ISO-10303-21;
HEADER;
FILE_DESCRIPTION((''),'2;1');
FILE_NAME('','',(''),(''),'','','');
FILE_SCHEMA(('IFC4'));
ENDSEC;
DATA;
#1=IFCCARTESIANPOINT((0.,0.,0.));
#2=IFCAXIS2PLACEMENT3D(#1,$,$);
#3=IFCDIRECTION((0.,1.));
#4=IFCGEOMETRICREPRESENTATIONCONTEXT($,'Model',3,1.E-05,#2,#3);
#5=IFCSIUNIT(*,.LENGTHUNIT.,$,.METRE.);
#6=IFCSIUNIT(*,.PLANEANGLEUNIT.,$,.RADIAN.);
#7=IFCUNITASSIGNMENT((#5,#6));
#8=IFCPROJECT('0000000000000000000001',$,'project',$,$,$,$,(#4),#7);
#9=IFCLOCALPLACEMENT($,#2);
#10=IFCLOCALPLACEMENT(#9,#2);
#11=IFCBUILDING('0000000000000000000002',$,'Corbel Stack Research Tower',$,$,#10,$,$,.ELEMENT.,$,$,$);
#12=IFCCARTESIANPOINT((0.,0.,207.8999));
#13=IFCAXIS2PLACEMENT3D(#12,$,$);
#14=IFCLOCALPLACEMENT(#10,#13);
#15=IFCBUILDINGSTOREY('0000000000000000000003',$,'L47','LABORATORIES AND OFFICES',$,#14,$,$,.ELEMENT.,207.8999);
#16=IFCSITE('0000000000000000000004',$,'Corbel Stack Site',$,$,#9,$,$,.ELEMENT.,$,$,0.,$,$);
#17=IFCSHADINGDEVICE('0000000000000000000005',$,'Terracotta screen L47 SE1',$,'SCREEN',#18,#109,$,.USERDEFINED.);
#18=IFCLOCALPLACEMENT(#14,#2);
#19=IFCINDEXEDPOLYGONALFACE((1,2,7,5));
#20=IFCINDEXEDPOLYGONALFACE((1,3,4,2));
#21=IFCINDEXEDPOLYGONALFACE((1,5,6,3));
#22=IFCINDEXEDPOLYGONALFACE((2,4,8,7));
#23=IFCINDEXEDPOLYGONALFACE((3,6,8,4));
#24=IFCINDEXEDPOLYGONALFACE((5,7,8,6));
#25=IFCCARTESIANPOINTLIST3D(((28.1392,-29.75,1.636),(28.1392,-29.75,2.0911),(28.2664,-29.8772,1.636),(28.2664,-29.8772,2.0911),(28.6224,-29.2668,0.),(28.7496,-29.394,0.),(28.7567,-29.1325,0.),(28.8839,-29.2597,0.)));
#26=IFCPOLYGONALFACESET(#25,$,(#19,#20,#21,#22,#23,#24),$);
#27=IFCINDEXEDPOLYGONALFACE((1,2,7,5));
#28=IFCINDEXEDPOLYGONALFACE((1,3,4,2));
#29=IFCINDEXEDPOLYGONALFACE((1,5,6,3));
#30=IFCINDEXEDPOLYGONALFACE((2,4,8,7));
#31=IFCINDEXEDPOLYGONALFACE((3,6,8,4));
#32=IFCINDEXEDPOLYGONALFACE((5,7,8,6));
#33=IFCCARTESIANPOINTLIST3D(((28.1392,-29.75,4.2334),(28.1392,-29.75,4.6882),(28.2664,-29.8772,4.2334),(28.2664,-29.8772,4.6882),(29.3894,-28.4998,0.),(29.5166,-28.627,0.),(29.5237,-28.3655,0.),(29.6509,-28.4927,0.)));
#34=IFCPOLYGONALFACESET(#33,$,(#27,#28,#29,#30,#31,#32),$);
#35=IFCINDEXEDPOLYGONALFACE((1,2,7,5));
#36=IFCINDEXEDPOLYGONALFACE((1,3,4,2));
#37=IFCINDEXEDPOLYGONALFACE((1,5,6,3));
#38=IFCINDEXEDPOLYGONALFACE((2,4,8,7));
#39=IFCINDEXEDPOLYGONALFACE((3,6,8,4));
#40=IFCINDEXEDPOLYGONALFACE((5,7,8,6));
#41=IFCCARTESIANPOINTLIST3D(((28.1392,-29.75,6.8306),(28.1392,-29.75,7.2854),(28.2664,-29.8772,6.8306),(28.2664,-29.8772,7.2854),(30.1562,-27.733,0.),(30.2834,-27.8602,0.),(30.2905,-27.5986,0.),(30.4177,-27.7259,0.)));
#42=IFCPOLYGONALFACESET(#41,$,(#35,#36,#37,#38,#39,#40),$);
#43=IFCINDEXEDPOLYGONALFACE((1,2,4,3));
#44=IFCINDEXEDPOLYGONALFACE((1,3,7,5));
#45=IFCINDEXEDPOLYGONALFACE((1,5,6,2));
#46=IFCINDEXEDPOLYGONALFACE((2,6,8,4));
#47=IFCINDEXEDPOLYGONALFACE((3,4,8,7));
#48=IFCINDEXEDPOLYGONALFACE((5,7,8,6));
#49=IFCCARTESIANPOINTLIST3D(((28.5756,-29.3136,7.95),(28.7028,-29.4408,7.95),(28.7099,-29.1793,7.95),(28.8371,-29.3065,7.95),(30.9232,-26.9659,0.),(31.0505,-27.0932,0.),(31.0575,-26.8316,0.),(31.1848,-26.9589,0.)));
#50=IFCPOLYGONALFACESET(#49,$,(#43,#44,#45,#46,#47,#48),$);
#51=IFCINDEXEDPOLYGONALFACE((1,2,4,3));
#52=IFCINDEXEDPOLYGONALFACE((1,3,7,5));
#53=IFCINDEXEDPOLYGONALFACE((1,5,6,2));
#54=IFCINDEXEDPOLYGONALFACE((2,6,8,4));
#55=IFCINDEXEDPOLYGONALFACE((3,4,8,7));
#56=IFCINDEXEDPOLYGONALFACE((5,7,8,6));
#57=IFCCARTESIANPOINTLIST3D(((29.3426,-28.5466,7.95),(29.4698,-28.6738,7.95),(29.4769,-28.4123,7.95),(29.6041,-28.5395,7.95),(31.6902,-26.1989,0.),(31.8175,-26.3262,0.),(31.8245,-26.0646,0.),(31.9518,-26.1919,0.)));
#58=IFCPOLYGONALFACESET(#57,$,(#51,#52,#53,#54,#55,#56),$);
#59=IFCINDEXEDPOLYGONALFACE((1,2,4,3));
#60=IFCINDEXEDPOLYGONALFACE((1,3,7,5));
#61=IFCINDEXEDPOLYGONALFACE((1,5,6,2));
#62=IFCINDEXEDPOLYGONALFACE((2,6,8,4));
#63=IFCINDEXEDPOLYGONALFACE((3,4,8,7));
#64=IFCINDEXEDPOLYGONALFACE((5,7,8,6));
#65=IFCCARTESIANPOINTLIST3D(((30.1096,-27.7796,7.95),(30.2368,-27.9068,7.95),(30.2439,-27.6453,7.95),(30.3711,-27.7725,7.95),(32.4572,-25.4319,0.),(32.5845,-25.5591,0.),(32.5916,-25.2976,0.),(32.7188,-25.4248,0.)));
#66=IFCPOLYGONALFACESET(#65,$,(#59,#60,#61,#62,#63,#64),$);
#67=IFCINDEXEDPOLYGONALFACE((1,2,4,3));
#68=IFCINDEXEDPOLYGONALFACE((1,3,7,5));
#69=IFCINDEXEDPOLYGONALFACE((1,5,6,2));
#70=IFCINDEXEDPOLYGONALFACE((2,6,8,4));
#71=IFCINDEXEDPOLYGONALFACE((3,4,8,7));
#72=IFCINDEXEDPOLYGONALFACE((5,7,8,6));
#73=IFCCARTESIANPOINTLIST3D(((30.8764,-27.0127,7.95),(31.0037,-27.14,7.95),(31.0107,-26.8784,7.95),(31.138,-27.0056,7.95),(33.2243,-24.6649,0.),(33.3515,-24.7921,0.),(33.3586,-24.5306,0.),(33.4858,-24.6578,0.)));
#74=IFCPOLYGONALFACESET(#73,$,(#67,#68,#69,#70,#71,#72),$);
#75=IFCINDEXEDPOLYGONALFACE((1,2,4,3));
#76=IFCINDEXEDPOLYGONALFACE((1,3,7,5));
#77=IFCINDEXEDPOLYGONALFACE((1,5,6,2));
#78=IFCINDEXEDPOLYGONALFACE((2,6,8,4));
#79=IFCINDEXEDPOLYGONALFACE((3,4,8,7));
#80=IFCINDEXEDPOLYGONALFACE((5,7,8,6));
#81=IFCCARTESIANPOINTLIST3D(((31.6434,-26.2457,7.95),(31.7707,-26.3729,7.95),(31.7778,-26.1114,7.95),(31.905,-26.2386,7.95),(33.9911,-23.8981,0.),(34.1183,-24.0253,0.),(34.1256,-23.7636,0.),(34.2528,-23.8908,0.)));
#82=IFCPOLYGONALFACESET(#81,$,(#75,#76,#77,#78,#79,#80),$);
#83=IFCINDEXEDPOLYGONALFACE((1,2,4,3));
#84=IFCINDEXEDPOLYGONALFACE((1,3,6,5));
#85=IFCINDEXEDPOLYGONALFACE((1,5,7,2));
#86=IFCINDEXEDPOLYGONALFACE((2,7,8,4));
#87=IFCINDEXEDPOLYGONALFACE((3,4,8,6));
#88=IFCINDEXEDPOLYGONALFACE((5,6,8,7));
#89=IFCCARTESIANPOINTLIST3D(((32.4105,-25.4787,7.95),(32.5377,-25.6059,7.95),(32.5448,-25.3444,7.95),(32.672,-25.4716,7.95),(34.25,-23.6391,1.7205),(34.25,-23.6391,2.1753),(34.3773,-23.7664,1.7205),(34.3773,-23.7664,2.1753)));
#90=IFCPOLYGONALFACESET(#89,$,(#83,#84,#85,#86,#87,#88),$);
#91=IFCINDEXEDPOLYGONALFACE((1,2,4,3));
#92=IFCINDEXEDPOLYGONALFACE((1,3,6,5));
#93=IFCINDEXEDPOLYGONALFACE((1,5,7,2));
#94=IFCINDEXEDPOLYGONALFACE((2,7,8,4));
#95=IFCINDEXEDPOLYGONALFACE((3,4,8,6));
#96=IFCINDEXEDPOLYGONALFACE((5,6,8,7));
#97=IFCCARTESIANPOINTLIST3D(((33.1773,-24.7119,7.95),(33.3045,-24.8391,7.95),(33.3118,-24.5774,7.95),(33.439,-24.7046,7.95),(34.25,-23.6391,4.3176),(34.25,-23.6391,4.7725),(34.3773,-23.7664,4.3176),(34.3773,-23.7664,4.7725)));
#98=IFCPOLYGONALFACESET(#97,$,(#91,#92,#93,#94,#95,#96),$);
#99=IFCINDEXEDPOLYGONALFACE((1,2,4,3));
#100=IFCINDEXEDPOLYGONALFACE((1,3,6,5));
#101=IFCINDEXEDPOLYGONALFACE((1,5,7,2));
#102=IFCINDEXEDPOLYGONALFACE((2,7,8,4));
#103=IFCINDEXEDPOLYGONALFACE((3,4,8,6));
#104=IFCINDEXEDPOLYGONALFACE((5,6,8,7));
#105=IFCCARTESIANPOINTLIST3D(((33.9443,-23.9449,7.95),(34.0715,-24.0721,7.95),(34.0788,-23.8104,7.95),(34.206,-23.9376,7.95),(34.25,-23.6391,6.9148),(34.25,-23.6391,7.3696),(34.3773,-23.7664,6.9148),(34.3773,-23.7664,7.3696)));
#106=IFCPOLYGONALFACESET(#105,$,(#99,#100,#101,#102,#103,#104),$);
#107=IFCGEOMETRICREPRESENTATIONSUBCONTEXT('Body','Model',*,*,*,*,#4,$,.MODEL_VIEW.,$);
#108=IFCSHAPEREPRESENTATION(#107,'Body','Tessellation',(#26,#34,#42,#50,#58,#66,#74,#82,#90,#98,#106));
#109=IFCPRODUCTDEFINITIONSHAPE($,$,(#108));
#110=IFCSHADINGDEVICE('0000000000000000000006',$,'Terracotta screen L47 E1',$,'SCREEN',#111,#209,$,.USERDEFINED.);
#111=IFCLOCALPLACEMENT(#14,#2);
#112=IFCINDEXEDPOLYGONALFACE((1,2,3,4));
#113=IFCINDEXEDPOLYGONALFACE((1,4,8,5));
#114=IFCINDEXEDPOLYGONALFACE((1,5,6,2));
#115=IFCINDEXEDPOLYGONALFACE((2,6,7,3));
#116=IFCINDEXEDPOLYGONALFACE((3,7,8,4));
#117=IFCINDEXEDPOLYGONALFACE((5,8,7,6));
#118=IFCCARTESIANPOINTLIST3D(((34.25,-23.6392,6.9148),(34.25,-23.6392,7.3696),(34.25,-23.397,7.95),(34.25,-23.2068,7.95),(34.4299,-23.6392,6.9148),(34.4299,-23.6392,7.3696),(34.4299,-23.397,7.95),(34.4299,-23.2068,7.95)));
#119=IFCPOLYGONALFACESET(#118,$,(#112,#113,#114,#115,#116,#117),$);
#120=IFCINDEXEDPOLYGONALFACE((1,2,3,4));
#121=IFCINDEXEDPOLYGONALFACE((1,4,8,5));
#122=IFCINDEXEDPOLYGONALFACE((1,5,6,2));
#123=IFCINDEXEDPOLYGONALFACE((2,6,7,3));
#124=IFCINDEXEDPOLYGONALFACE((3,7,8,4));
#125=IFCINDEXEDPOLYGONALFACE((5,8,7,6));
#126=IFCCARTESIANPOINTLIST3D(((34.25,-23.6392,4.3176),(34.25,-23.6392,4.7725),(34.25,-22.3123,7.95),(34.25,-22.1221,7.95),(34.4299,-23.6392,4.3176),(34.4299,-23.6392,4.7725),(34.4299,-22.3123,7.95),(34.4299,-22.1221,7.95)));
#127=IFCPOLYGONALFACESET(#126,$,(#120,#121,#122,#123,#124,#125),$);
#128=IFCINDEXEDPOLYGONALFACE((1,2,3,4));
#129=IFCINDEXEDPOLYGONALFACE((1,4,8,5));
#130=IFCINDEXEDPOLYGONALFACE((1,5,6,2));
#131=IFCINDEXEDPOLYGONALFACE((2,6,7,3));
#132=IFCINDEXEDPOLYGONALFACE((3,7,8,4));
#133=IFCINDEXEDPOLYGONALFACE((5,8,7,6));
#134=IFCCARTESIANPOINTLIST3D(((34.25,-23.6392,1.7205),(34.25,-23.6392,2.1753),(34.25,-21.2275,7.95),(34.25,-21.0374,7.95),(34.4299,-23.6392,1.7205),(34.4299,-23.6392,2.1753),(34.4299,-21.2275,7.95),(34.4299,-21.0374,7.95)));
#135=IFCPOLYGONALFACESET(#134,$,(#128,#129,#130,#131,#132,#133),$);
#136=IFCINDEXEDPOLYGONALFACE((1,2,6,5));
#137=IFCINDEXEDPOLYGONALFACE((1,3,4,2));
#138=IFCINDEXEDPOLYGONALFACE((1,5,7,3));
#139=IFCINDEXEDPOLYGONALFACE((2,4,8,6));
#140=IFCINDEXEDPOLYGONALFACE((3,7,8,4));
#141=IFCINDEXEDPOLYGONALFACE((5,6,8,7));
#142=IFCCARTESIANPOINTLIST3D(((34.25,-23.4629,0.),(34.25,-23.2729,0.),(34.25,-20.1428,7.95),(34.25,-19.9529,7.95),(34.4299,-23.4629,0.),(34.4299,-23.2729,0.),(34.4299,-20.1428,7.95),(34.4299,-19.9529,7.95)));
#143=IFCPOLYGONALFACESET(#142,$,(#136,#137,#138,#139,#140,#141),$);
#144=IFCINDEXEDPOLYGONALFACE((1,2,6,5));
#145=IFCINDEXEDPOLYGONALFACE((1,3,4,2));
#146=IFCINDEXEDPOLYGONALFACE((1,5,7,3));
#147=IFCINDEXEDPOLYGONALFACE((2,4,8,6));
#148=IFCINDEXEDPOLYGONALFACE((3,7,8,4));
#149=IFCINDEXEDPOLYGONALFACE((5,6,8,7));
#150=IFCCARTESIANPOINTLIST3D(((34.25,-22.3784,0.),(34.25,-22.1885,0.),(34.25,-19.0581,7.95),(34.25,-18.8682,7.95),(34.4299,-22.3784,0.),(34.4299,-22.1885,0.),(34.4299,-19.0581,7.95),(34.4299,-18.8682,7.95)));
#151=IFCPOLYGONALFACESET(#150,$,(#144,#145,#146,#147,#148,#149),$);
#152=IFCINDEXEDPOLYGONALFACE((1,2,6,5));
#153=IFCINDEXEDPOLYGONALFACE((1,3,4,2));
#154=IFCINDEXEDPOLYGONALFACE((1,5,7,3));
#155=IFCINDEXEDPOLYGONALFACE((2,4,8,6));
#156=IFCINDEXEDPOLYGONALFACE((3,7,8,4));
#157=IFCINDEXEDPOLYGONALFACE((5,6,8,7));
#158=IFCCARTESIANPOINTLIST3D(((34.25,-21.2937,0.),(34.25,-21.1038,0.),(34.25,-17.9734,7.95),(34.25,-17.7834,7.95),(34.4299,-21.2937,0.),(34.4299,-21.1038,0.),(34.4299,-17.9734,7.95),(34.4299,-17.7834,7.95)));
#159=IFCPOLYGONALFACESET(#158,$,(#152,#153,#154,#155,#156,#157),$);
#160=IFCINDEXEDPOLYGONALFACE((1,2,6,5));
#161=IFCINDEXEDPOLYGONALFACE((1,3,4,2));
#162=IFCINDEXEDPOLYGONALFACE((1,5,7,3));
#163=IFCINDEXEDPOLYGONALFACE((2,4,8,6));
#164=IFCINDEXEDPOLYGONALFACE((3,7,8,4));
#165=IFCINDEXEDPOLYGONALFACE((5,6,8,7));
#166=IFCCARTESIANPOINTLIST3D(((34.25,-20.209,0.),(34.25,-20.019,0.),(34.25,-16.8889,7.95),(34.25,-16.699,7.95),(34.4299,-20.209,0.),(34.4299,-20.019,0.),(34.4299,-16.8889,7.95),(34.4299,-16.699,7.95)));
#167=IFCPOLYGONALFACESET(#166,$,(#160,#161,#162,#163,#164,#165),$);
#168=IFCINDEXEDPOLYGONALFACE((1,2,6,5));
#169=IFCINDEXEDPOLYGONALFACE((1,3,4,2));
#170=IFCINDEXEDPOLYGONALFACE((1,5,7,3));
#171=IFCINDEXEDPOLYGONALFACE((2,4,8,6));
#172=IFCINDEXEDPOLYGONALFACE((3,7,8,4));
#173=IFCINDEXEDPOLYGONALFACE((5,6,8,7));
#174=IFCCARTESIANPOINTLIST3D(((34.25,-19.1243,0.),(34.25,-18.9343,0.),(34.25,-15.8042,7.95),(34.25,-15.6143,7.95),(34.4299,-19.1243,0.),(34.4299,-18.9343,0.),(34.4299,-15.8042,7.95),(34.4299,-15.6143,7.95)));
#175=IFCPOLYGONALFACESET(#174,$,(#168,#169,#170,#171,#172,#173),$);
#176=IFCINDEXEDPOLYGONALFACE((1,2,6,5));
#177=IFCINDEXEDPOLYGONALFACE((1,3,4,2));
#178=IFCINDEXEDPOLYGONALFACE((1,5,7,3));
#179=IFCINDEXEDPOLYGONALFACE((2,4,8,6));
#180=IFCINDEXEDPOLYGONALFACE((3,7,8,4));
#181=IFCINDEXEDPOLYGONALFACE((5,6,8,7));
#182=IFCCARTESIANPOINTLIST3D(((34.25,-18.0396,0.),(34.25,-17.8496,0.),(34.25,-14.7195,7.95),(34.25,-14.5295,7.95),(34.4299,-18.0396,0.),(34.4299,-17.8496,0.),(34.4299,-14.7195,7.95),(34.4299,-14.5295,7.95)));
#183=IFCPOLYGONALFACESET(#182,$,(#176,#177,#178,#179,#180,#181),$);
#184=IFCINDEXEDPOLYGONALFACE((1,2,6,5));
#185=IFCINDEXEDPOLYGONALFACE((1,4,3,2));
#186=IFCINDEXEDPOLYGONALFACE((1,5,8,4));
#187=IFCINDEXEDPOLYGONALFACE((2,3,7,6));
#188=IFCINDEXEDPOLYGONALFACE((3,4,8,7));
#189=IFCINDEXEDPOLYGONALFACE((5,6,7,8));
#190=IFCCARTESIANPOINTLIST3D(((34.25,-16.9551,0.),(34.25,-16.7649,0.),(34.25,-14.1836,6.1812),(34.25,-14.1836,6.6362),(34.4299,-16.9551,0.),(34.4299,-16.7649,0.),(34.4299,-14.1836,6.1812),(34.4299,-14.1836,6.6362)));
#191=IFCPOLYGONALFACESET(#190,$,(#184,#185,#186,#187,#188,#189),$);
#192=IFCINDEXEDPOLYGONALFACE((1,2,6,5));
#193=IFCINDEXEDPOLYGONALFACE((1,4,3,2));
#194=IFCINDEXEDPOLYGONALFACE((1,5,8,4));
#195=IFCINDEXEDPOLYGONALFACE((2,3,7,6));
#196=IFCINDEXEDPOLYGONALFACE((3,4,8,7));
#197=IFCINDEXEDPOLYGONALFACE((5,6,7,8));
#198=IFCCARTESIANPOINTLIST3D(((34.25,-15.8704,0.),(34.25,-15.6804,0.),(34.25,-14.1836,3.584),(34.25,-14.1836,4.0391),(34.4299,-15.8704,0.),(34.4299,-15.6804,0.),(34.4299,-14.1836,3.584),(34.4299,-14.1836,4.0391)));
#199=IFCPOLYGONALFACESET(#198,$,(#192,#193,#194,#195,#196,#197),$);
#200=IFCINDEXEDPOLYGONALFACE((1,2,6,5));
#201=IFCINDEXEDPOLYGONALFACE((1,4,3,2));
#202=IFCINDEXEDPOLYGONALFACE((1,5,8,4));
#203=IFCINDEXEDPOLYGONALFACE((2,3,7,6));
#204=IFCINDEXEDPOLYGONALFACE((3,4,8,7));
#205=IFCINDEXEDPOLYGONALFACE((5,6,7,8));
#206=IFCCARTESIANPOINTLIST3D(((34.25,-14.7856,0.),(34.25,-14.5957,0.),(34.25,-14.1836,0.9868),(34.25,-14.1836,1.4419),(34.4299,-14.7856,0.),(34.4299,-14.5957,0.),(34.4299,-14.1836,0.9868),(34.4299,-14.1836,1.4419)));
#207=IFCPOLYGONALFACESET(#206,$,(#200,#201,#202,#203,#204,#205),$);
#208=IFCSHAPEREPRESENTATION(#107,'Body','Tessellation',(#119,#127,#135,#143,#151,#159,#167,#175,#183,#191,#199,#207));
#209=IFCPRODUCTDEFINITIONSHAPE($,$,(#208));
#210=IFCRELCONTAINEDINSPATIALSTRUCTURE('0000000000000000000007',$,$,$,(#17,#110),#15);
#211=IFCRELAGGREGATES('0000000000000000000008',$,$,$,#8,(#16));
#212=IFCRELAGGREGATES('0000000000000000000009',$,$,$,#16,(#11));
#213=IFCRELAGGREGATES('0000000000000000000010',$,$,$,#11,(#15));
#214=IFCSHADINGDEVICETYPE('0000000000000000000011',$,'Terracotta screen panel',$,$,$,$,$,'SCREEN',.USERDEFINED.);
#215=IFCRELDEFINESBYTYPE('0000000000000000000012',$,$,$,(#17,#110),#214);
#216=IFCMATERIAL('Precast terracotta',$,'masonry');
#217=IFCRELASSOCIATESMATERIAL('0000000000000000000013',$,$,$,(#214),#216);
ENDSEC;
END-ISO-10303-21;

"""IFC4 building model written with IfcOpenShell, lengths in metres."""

from ifc_helpers import new_model, si_unit, direction, frame, origin, place, context, subcontext, project, spatial, polyline, outline, extrude, source, transform, mapped, material, type_object, element, save


model = new_model("IFC4")

# Units and contexts
model_context = context("Model", 3, precision=1e-05, world=origin(), true_north=direction((0.0, 1.0)))
body_context = subcontext(model_context, "Body", "Model", "MODEL_VIEW")
ifc_project = project(units=[si_unit("LENGTHUNIT", "METRE"), si_unit("PLANEANGLEUNIT", "RADIAN")], contexts=[model_context])

# Site, building, storey
site_placement = place(None, origin())
site = spatial("IfcSite", under=ifc_project, at=site_placement, Name="Corbel Stack Site", CompositionType="ELEMENT", RefElevation=0.0)
building_placement = place(site_placement, origin())
building = spatial("IfcBuilding", under=site, at=building_placement, Name="Corbel Stack Research Tower", CompositionType="ELEMENT")
storey_placement = place(building_placement, frame((0.0, 0.0, 207.8999)))
storey = spatial("IfcBuildingStorey", under=building, at=storey_placement, Name="L47", Description="LABORATORIES AND OFFICES", CompositionType="ELEMENT", Elevation=207.8999)

# Shading devices
ifc_material_1 = material(Name="Precast terracotta", Category="masonry")
shading_device_type = type_object("IfcShadingDeviceType", Name="Terracotta screen panel", ElementType="SCREEN", PredefinedType="USERDEFINED", material=ifc_material_1)
shared_shape_1 = source(origin(), body_context, "Body", "SweptSolid", [
    extrude(outline(polyline([(0.8733, 0.0), (0.0, 2.0911), (0.0, 1.636), (0.6833, 0.0), (0.8733, 0.0)])), frame((0.0, 0.0, 0.0), z_axis=(0.0, -1.0, 0.0), x_axis=(1.0, 0.0, 0.0)), (0.0, 0.0, 1.0), 0.1799),
    extrude(outline(polyline([(1.958, 0.0), (0.0, 4.6882), (0.0, 4.2334), (1.7681, 0.0), (1.958, 0.0)])), frame((0.0, 0.0, 0.0), z_axis=(0.0, -1.0, 0.0), x_axis=(1.0, 0.0, 0.0)), (0.0, 0.0, 1.0), 0.1799),
    extrude(outline(polyline([(3.0425, 0.0), (0.0, 7.2854), (0.0, 6.8306), (2.8525, 0.0), (3.0425, 0.0)])), frame((0.0, 0.0, 0.0), z_axis=(0.0, -1.0, 0.0), x_axis=(1.0, 0.0, 0.0)), (0.0, 0.0, 1.0), 0.1799),
    extrude(outline(polyline([(4.1272, 0.0), (0.8071, 7.95), (0.6172, 7.95), (3.9373, 0.0), (4.1272, 0.0)])), frame((0.0, 0.0, 0.0), z_axis=(0.0, -1.0, 0.0), x_axis=(1.0, 0.0, 0.0)), (0.0, 0.0, 1.0), 0.1799),
    extrude(outline(polyline([(5.2119, 0.0), (1.8918, 7.95), (1.7019, 7.95), (5.022, 0.0), (5.2119, 0.0)])), frame((0.0, 0.0, 0.0), z_axis=(0.0, -1.0, 0.0), x_axis=(1.0, 0.0, 0.0)), (0.0, 0.0, 1.0), 0.1799),
    extrude(outline(polyline([(6.2966, 0.0), (2.9766, 7.95), (2.7866, 7.95), (6.1067, 0.0), (6.2966, 0.0)])), frame((0.0, 0.0, 0.0), z_axis=(0.0, -1.0, 0.0), x_axis=(1.0, 0.0, 0.0)), (0.0, 0.0, 1.0), 0.1799),
    extrude(outline(polyline([(7.3813, 0.0), (4.061, 7.95), (3.8711, 7.95), (7.1914, 0.0), (7.3813, 0.0)])), frame((0.0, 0.0, 0.0), z_axis=(0.0, -1.0, 0.0), x_axis=(1.0, 0.0, 0.0)), (0.0, 0.0, 1.0), 0.1799),
    extrude(outline(polyline([(8.4661, 0.0), (5.1458, 7.95), (4.9558, 7.95), (8.2759, 0.0), (8.4661, 0.0)])), frame((0.0, 0.0, 0.0), z_axis=(0.0, -1.0, 0.0), x_axis=(1.0, 0.0, 0.0)), (0.0, 0.0, 1.0), 0.1799),
    extrude(outline(polyline([(6.2305, 7.95), (6.0405, 7.95), (8.6421, 1.7205), (8.6421, 2.1753), (6.2305, 7.95)])), frame((0.0, 0.0, 0.0), z_axis=(0.0, -1.0, 0.0), x_axis=(1.0, 0.0, 0.0)), (0.0, 0.0, 1.0), 0.1799),
    extrude(outline(polyline([(7.3152, 7.95), (7.125, 7.95), (8.6421, 4.3176), (8.6421, 4.7725), (7.3152, 7.95)])), frame((0.0, 0.0, 0.0), z_axis=(0.0, -1.0, 0.0), x_axis=(1.0, 0.0, 0.0)), (0.0, 0.0, 1.0), 0.1799),
    extrude(outline(polyline([(8.3999, 7.95), (8.2097, 7.95), (8.6421, 6.9148), (8.6421, 7.3696), (8.3999, 7.95)])), frame((0.0, 0.0, 0.0), z_axis=(0.0, -1.0, 0.0), x_axis=(1.0, 0.0, 0.0)), (0.0, 0.0, 1.0), 0.1799),
])
shading_device_1_placement = place(storey_placement, frame((28.1392, -29.75, 0.0), z_axis=(0.0, 0.0, 1.0), x_axis=(0.707107, 0.707107, 0.0)))
element("IfcShadingDevice", 1, at=shading_device_1_placement, inside=storey, type_object=shading_device_type, Name="Terracotta screen L47 SE1", ObjectType="SCREEN", PredefinedType="USERDEFINED", context=body_context, shape_type="MappedRepresentation", body=[
    mapped(shared_shape_1, transform((0.0, 0.0, 0.0))),
])
shared_shape_2 = source(origin(), body_context, "Body", "SweptSolid", [
    extrude(outline(polyline([(0.4324, 7.95), (0.2422, 7.95), (0.0, 7.3696), (0.0, 6.9148), (0.4324, 7.95)])), frame((0.0, 0.0, 0.0), z_axis=(0.0, -1.0, 0.0), x_axis=(1.0, 0.0, 0.0)), (0.0, 0.0, 1.0), 0.1799),
    extrude(outline(polyline([(1.5171, 7.95), (1.3269, 7.95), (0.0, 4.7725), (0.0, 4.3176), (1.5171, 7.95)])), frame((0.0, 0.0, 0.0), z_axis=(0.0, -1.0, 0.0), x_axis=(1.0, 0.0, 0.0)), (0.0, 0.0, 1.0), 0.1799),
    extrude(outline(polyline([(2.6018, 7.95), (2.4116, 7.95), (0.0, 2.1753), (0.0, 1.7205), (2.6018, 7.95)])), frame((0.0, 0.0, 0.0), z_axis=(0.0, -1.0, 0.0), x_axis=(1.0, 0.0, 0.0)), (0.0, 0.0, 1.0), 0.1799),
    extrude(outline(polyline([(0.3662, 0.0), (3.6863, 7.95), (3.4963, 7.95), (0.1763, 0.0), (0.3662, 0.0)])), frame((0.0, 0.0, 0.0), z_axis=(0.0, -1.0, 0.0), x_axis=(1.0, 0.0, 0.0)), (0.0, 0.0, 1.0), 0.1799),
    extrude(outline(polyline([(1.4507, 0.0), (4.771, 7.95), (4.5811, 7.95), (1.2607, 0.0), (1.4507, 0.0)])), frame((0.0, 0.0, 0.0), z_axis=(0.0, -1.0, 0.0), x_axis=(1.0, 0.0, 0.0)), (0.0, 0.0, 1.0), 0.1799),
    extrude(outline(polyline([(2.5354, 0.0), (5.8557, 7.95), (5.6658, 7.95), (2.3455, 0.0), (2.5354, 0.0)])), frame((0.0, 0.0, 0.0), z_axis=(0.0, -1.0, 0.0), x_axis=(1.0, 0.0, 0.0)), (0.0, 0.0, 1.0), 0.1799),
    extrude(outline(polyline([(3.6201, 0.0), (6.9402, 7.95), (6.7502, 7.95), (3.4302, 0.0), (3.6201, 0.0)])), frame((0.0, 0.0, 0.0), z_axis=(0.0, -1.0, 0.0), x_axis=(1.0, 0.0, 0.0)), (0.0, 0.0, 1.0), 0.1799),
    extrude(outline(polyline([(4.7048, 0.0), (8.0249, 7.95), (7.835, 7.95), (4.5149, 0.0), (4.7048, 0.0)])), frame((0.0, 0.0, 0.0), z_axis=(0.0, -1.0, 0.0), x_axis=(1.0, 0.0, 0.0)), (0.0, 0.0, 1.0), 0.1799),
    extrude(outline(polyline([(5.7896, 0.0), (9.1096, 7.95), (8.9197, 7.95), (5.5996, 0.0), (5.7896, 0.0)])), frame((0.0, 0.0, 0.0), z_axis=(0.0, -1.0, 0.0), x_axis=(1.0, 0.0, 0.0)), (0.0, 0.0, 1.0), 0.1799),
    extrude(outline(polyline([(6.8743, 0.0), (9.4556, 6.1812), (9.4556, 6.6362), (6.6841, 0.0), (6.8743, 0.0)])), frame((0.0, 0.0, 0.0), z_axis=(0.0, -1.0, 0.0), x_axis=(1.0, 0.0, 0.0)), (0.0, 0.0, 1.0), 0.1799),
    extrude(outline(polyline([(7.9587, 0.0), (9.4556, 3.584), (9.4556, 4.0391), (7.7688, 0.0), (7.9587, 0.0)])), frame((0.0, 0.0, 0.0), z_axis=(0.0, -1.0, 0.0), x_axis=(1.0, 0.0, 0.0)), (0.0, 0.0, 1.0), 0.1799),
    extrude(outline(polyline([(9.0435, 0.0), (9.4556, 0.9868), (9.4556, 1.4419), (8.8535, 0.0), (9.0435, 0.0)])), frame((0.0, 0.0, 0.0), z_axis=(0.0, -1.0, 0.0), x_axis=(1.0, 0.0, 0.0)), (0.0, 0.0, 1.0), 0.1799),
])
shading_device_2_placement = place(storey_placement, frame((34.25, -23.6392, 0.0), z_axis=(0.0, 0.0, 1.0), x_axis=(0.0, 1.0, 0.0)))
element("IfcShadingDevice", 2, at=shading_device_2_placement, inside=storey, type_object=shading_device_type, Name="Terracotta screen L47 E1", ObjectType="SCREEN", PredefinedType="USERDEFINED", context=body_context, shape_type="MappedRepresentation", body=[
    mapped(shared_shape_2, transform((0.0, 0.0, 0.0))),
])

save(model, "model.ifc")
